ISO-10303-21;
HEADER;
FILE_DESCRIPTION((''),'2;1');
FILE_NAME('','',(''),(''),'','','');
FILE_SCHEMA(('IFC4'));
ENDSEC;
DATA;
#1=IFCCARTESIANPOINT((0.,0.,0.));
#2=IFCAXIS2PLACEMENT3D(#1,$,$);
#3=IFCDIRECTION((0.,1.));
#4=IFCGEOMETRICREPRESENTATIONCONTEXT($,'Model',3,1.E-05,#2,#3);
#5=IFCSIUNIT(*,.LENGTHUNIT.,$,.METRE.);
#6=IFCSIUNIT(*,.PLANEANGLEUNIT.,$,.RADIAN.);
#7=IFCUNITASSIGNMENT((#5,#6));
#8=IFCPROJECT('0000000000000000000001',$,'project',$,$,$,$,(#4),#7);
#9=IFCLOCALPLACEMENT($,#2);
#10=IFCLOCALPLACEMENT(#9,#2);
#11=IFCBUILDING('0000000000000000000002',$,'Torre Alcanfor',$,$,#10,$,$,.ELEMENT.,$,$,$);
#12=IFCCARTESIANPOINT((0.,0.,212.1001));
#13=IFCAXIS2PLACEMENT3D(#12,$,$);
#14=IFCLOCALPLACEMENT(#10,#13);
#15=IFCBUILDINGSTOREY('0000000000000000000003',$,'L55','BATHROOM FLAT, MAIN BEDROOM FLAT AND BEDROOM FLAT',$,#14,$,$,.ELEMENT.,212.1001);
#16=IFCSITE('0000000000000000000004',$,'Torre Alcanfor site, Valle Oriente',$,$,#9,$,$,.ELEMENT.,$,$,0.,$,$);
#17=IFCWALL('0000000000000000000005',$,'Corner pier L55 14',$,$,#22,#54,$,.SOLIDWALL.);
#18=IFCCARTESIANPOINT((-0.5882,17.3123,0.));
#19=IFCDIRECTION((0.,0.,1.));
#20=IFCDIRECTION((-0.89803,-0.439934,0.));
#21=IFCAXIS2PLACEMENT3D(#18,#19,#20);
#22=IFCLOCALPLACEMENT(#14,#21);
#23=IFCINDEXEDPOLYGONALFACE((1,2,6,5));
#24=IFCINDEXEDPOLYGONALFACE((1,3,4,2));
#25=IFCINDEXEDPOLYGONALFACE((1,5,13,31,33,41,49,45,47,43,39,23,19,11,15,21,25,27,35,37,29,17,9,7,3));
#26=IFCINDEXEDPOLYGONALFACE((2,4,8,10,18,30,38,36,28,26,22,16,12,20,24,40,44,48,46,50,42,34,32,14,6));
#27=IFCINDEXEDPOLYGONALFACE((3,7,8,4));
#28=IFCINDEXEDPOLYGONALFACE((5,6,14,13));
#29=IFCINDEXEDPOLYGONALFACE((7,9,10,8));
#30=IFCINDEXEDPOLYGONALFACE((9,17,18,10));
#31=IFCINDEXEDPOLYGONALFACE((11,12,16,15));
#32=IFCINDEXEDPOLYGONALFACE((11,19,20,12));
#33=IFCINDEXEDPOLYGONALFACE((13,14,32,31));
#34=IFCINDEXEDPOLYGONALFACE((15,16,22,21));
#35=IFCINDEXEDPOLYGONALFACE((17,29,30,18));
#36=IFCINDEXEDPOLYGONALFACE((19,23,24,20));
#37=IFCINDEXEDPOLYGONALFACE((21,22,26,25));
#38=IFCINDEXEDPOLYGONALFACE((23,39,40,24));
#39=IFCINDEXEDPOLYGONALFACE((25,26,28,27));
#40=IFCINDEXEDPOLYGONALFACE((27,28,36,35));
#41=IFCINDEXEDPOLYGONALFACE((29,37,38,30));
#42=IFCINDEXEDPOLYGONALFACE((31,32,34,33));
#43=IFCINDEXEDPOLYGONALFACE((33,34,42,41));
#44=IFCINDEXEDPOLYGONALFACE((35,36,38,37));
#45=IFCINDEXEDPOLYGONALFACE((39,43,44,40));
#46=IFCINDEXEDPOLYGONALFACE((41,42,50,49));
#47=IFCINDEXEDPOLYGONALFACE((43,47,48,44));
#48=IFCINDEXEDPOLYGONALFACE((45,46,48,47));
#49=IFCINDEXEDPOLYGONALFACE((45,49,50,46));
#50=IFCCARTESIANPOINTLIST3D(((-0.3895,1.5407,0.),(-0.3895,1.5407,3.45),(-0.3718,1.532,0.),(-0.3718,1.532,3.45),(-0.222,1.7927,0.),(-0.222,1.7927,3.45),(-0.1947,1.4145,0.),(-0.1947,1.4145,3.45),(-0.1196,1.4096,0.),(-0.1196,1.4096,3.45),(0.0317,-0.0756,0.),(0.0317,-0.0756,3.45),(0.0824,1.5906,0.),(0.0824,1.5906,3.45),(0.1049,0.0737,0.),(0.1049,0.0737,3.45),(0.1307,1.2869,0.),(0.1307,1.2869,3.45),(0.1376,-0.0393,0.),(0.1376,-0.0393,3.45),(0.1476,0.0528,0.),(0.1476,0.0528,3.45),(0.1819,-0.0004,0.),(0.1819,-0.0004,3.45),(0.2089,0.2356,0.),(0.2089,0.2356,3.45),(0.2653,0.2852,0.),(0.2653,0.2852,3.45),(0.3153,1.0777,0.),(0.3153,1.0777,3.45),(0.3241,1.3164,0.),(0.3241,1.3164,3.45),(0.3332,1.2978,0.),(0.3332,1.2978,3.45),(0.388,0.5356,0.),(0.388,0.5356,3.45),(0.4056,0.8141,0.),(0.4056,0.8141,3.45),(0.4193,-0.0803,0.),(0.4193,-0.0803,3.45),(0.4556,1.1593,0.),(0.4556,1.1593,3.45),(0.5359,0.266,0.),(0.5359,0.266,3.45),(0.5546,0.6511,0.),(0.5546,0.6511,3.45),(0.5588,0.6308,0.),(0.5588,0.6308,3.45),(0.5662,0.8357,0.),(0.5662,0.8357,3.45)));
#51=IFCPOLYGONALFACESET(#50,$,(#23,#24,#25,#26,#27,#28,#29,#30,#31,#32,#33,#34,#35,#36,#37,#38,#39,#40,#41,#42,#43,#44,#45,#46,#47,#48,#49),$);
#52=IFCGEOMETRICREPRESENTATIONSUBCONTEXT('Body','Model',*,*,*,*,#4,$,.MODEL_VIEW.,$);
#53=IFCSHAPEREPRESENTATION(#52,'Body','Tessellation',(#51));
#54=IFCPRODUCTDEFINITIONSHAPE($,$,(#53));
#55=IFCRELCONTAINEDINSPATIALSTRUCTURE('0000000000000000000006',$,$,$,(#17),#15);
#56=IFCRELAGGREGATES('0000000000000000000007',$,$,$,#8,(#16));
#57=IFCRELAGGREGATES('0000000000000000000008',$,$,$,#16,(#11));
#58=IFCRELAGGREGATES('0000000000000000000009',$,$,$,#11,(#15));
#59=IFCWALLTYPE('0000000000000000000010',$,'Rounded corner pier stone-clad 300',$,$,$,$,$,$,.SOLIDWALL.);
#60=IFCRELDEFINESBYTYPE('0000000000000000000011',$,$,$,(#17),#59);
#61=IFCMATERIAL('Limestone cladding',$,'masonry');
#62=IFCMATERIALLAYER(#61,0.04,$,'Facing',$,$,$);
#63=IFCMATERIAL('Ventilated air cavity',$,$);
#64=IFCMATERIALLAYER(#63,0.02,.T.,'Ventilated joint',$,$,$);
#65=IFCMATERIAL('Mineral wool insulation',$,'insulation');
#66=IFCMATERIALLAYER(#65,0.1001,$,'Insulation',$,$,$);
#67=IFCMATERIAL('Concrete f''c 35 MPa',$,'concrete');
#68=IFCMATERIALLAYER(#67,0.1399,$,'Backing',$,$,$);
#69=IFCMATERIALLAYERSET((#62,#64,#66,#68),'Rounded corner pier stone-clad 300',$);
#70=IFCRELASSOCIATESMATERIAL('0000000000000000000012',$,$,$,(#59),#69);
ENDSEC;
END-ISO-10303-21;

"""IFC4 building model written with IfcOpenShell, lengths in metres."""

from ifc_helpers import new_model, si_unit, direction, frame, origin, place, context, subcontext, project, spatial, polyline, outline, extrude, material, layer, layer_set, type_object, element, save


model = new_model("IFC4")

# Units and contexts
model_context = context("Model", 3, precision=1e-05, world=origin(), true_north=direction((0.0, 1.0)))
body_context = subcontext(model_context, "Body", "Model", "MODEL_VIEW")
ifc_project = project(units=[si_unit("LENGTHUNIT", "METRE"), si_unit("PLANEANGLEUNIT", "RADIAN")], contexts=[model_context])

# Site, building, storey
site_placement = place(None, origin())
site = spatial("IfcSite", under=ifc_project, at=site_placement, Name="Torre Alcanfor site, Valle Oriente", CompositionType="ELEMENT", RefElevation=0.0)
building_placement = place(site_placement, origin())
building = spatial("IfcBuilding", under=site, at=building_placement, Name="Torre Alcanfor", CompositionType="ELEMENT")
storey_placement = place(building_placement, frame((0.0, 0.0, 212.1001)))
storey = spatial("IfcBuildingStorey", under=building, at=storey_placement, Name="L55", Description="BATHROOM FLAT, MAIN BEDROOM FLAT AND BEDROOM FLAT", CompositionType="ELEMENT", Elevation=212.1001)

# Wall
ifc_material_1 = material(Name="Limestone cladding", Category="masonry")
ifc_layer_1 = layer(ifc_material_1, 0.04, Name="Facing")
ifc_material_2 = material(Name="Ventilated air cavity")
ifc_layer_2 = layer(ifc_material_2, 0.02, ventilated=True, Name="Ventilated joint")
ifc_material_3 = material(Name="Mineral wool insulation", Category="insulation")
ifc_layer_3 = layer(ifc_material_3, 0.1001, Name="Insulation")
ifc_material_4 = material(Name="Concrete f'c 35 MPa", Category="concrete")
ifc_layer_4 = layer(ifc_material_4, 0.1399, Name="Backing")
ifc_layer_set_1 = layer_set([ifc_layer_1, ifc_layer_2, ifc_layer_3, ifc_layer_4], Name="Rounded corner pier stone-clad 300")
wall_type_1 = type_object("IfcWallType", Name="Rounded corner pier stone-clad 300", PredefinedType="SOLIDWALL", material=ifc_layer_set_1)
wall_1_placement = place(storey_placement, frame((-0.5882, 17.3123, 0.0), z_axis=(0.0, 0.0, 1.0), x_axis=(-0.89803, -0.439934, 0.0)))
element("IfcWall", 1, at=wall_1_placement, inside=storey, type_object=wall_type_1, Name="Corner pier L55 14", PredefinedType="SOLIDWALL", context=body_context, shape_type="SweptSolid", body=[
    extrude(outline(polyline([(-0.222, 1.7927), (-0.3895, 1.5407), (-0.3718, 1.532), (-0.1947, 1.4145), (-0.1196, 1.4096), (0.1307, 1.2869), (0.3153, 1.0777), (0.4056, 0.8141), (0.388, 0.5356), (0.2653, 0.2852), (0.2089, 0.2356), (0.1476, 0.0528), (0.1049, 0.0737), (0.0317, -0.0756), (0.1376, -0.0393), (0.1819, -0.0004), (0.4193, -0.0803), (0.5359, 0.266), (0.5588, 0.6308), (0.5546, 0.6511), (0.5662, 0.8357), (0.4556, 1.1593), (0.3332, 1.2978), (0.3241, 1.3164), (0.0824, 1.5906), (-0.222, 1.7927)])), origin(), (0.0, 0.0, 1.0), 3.45),
])

save(model, "model.ifc")
